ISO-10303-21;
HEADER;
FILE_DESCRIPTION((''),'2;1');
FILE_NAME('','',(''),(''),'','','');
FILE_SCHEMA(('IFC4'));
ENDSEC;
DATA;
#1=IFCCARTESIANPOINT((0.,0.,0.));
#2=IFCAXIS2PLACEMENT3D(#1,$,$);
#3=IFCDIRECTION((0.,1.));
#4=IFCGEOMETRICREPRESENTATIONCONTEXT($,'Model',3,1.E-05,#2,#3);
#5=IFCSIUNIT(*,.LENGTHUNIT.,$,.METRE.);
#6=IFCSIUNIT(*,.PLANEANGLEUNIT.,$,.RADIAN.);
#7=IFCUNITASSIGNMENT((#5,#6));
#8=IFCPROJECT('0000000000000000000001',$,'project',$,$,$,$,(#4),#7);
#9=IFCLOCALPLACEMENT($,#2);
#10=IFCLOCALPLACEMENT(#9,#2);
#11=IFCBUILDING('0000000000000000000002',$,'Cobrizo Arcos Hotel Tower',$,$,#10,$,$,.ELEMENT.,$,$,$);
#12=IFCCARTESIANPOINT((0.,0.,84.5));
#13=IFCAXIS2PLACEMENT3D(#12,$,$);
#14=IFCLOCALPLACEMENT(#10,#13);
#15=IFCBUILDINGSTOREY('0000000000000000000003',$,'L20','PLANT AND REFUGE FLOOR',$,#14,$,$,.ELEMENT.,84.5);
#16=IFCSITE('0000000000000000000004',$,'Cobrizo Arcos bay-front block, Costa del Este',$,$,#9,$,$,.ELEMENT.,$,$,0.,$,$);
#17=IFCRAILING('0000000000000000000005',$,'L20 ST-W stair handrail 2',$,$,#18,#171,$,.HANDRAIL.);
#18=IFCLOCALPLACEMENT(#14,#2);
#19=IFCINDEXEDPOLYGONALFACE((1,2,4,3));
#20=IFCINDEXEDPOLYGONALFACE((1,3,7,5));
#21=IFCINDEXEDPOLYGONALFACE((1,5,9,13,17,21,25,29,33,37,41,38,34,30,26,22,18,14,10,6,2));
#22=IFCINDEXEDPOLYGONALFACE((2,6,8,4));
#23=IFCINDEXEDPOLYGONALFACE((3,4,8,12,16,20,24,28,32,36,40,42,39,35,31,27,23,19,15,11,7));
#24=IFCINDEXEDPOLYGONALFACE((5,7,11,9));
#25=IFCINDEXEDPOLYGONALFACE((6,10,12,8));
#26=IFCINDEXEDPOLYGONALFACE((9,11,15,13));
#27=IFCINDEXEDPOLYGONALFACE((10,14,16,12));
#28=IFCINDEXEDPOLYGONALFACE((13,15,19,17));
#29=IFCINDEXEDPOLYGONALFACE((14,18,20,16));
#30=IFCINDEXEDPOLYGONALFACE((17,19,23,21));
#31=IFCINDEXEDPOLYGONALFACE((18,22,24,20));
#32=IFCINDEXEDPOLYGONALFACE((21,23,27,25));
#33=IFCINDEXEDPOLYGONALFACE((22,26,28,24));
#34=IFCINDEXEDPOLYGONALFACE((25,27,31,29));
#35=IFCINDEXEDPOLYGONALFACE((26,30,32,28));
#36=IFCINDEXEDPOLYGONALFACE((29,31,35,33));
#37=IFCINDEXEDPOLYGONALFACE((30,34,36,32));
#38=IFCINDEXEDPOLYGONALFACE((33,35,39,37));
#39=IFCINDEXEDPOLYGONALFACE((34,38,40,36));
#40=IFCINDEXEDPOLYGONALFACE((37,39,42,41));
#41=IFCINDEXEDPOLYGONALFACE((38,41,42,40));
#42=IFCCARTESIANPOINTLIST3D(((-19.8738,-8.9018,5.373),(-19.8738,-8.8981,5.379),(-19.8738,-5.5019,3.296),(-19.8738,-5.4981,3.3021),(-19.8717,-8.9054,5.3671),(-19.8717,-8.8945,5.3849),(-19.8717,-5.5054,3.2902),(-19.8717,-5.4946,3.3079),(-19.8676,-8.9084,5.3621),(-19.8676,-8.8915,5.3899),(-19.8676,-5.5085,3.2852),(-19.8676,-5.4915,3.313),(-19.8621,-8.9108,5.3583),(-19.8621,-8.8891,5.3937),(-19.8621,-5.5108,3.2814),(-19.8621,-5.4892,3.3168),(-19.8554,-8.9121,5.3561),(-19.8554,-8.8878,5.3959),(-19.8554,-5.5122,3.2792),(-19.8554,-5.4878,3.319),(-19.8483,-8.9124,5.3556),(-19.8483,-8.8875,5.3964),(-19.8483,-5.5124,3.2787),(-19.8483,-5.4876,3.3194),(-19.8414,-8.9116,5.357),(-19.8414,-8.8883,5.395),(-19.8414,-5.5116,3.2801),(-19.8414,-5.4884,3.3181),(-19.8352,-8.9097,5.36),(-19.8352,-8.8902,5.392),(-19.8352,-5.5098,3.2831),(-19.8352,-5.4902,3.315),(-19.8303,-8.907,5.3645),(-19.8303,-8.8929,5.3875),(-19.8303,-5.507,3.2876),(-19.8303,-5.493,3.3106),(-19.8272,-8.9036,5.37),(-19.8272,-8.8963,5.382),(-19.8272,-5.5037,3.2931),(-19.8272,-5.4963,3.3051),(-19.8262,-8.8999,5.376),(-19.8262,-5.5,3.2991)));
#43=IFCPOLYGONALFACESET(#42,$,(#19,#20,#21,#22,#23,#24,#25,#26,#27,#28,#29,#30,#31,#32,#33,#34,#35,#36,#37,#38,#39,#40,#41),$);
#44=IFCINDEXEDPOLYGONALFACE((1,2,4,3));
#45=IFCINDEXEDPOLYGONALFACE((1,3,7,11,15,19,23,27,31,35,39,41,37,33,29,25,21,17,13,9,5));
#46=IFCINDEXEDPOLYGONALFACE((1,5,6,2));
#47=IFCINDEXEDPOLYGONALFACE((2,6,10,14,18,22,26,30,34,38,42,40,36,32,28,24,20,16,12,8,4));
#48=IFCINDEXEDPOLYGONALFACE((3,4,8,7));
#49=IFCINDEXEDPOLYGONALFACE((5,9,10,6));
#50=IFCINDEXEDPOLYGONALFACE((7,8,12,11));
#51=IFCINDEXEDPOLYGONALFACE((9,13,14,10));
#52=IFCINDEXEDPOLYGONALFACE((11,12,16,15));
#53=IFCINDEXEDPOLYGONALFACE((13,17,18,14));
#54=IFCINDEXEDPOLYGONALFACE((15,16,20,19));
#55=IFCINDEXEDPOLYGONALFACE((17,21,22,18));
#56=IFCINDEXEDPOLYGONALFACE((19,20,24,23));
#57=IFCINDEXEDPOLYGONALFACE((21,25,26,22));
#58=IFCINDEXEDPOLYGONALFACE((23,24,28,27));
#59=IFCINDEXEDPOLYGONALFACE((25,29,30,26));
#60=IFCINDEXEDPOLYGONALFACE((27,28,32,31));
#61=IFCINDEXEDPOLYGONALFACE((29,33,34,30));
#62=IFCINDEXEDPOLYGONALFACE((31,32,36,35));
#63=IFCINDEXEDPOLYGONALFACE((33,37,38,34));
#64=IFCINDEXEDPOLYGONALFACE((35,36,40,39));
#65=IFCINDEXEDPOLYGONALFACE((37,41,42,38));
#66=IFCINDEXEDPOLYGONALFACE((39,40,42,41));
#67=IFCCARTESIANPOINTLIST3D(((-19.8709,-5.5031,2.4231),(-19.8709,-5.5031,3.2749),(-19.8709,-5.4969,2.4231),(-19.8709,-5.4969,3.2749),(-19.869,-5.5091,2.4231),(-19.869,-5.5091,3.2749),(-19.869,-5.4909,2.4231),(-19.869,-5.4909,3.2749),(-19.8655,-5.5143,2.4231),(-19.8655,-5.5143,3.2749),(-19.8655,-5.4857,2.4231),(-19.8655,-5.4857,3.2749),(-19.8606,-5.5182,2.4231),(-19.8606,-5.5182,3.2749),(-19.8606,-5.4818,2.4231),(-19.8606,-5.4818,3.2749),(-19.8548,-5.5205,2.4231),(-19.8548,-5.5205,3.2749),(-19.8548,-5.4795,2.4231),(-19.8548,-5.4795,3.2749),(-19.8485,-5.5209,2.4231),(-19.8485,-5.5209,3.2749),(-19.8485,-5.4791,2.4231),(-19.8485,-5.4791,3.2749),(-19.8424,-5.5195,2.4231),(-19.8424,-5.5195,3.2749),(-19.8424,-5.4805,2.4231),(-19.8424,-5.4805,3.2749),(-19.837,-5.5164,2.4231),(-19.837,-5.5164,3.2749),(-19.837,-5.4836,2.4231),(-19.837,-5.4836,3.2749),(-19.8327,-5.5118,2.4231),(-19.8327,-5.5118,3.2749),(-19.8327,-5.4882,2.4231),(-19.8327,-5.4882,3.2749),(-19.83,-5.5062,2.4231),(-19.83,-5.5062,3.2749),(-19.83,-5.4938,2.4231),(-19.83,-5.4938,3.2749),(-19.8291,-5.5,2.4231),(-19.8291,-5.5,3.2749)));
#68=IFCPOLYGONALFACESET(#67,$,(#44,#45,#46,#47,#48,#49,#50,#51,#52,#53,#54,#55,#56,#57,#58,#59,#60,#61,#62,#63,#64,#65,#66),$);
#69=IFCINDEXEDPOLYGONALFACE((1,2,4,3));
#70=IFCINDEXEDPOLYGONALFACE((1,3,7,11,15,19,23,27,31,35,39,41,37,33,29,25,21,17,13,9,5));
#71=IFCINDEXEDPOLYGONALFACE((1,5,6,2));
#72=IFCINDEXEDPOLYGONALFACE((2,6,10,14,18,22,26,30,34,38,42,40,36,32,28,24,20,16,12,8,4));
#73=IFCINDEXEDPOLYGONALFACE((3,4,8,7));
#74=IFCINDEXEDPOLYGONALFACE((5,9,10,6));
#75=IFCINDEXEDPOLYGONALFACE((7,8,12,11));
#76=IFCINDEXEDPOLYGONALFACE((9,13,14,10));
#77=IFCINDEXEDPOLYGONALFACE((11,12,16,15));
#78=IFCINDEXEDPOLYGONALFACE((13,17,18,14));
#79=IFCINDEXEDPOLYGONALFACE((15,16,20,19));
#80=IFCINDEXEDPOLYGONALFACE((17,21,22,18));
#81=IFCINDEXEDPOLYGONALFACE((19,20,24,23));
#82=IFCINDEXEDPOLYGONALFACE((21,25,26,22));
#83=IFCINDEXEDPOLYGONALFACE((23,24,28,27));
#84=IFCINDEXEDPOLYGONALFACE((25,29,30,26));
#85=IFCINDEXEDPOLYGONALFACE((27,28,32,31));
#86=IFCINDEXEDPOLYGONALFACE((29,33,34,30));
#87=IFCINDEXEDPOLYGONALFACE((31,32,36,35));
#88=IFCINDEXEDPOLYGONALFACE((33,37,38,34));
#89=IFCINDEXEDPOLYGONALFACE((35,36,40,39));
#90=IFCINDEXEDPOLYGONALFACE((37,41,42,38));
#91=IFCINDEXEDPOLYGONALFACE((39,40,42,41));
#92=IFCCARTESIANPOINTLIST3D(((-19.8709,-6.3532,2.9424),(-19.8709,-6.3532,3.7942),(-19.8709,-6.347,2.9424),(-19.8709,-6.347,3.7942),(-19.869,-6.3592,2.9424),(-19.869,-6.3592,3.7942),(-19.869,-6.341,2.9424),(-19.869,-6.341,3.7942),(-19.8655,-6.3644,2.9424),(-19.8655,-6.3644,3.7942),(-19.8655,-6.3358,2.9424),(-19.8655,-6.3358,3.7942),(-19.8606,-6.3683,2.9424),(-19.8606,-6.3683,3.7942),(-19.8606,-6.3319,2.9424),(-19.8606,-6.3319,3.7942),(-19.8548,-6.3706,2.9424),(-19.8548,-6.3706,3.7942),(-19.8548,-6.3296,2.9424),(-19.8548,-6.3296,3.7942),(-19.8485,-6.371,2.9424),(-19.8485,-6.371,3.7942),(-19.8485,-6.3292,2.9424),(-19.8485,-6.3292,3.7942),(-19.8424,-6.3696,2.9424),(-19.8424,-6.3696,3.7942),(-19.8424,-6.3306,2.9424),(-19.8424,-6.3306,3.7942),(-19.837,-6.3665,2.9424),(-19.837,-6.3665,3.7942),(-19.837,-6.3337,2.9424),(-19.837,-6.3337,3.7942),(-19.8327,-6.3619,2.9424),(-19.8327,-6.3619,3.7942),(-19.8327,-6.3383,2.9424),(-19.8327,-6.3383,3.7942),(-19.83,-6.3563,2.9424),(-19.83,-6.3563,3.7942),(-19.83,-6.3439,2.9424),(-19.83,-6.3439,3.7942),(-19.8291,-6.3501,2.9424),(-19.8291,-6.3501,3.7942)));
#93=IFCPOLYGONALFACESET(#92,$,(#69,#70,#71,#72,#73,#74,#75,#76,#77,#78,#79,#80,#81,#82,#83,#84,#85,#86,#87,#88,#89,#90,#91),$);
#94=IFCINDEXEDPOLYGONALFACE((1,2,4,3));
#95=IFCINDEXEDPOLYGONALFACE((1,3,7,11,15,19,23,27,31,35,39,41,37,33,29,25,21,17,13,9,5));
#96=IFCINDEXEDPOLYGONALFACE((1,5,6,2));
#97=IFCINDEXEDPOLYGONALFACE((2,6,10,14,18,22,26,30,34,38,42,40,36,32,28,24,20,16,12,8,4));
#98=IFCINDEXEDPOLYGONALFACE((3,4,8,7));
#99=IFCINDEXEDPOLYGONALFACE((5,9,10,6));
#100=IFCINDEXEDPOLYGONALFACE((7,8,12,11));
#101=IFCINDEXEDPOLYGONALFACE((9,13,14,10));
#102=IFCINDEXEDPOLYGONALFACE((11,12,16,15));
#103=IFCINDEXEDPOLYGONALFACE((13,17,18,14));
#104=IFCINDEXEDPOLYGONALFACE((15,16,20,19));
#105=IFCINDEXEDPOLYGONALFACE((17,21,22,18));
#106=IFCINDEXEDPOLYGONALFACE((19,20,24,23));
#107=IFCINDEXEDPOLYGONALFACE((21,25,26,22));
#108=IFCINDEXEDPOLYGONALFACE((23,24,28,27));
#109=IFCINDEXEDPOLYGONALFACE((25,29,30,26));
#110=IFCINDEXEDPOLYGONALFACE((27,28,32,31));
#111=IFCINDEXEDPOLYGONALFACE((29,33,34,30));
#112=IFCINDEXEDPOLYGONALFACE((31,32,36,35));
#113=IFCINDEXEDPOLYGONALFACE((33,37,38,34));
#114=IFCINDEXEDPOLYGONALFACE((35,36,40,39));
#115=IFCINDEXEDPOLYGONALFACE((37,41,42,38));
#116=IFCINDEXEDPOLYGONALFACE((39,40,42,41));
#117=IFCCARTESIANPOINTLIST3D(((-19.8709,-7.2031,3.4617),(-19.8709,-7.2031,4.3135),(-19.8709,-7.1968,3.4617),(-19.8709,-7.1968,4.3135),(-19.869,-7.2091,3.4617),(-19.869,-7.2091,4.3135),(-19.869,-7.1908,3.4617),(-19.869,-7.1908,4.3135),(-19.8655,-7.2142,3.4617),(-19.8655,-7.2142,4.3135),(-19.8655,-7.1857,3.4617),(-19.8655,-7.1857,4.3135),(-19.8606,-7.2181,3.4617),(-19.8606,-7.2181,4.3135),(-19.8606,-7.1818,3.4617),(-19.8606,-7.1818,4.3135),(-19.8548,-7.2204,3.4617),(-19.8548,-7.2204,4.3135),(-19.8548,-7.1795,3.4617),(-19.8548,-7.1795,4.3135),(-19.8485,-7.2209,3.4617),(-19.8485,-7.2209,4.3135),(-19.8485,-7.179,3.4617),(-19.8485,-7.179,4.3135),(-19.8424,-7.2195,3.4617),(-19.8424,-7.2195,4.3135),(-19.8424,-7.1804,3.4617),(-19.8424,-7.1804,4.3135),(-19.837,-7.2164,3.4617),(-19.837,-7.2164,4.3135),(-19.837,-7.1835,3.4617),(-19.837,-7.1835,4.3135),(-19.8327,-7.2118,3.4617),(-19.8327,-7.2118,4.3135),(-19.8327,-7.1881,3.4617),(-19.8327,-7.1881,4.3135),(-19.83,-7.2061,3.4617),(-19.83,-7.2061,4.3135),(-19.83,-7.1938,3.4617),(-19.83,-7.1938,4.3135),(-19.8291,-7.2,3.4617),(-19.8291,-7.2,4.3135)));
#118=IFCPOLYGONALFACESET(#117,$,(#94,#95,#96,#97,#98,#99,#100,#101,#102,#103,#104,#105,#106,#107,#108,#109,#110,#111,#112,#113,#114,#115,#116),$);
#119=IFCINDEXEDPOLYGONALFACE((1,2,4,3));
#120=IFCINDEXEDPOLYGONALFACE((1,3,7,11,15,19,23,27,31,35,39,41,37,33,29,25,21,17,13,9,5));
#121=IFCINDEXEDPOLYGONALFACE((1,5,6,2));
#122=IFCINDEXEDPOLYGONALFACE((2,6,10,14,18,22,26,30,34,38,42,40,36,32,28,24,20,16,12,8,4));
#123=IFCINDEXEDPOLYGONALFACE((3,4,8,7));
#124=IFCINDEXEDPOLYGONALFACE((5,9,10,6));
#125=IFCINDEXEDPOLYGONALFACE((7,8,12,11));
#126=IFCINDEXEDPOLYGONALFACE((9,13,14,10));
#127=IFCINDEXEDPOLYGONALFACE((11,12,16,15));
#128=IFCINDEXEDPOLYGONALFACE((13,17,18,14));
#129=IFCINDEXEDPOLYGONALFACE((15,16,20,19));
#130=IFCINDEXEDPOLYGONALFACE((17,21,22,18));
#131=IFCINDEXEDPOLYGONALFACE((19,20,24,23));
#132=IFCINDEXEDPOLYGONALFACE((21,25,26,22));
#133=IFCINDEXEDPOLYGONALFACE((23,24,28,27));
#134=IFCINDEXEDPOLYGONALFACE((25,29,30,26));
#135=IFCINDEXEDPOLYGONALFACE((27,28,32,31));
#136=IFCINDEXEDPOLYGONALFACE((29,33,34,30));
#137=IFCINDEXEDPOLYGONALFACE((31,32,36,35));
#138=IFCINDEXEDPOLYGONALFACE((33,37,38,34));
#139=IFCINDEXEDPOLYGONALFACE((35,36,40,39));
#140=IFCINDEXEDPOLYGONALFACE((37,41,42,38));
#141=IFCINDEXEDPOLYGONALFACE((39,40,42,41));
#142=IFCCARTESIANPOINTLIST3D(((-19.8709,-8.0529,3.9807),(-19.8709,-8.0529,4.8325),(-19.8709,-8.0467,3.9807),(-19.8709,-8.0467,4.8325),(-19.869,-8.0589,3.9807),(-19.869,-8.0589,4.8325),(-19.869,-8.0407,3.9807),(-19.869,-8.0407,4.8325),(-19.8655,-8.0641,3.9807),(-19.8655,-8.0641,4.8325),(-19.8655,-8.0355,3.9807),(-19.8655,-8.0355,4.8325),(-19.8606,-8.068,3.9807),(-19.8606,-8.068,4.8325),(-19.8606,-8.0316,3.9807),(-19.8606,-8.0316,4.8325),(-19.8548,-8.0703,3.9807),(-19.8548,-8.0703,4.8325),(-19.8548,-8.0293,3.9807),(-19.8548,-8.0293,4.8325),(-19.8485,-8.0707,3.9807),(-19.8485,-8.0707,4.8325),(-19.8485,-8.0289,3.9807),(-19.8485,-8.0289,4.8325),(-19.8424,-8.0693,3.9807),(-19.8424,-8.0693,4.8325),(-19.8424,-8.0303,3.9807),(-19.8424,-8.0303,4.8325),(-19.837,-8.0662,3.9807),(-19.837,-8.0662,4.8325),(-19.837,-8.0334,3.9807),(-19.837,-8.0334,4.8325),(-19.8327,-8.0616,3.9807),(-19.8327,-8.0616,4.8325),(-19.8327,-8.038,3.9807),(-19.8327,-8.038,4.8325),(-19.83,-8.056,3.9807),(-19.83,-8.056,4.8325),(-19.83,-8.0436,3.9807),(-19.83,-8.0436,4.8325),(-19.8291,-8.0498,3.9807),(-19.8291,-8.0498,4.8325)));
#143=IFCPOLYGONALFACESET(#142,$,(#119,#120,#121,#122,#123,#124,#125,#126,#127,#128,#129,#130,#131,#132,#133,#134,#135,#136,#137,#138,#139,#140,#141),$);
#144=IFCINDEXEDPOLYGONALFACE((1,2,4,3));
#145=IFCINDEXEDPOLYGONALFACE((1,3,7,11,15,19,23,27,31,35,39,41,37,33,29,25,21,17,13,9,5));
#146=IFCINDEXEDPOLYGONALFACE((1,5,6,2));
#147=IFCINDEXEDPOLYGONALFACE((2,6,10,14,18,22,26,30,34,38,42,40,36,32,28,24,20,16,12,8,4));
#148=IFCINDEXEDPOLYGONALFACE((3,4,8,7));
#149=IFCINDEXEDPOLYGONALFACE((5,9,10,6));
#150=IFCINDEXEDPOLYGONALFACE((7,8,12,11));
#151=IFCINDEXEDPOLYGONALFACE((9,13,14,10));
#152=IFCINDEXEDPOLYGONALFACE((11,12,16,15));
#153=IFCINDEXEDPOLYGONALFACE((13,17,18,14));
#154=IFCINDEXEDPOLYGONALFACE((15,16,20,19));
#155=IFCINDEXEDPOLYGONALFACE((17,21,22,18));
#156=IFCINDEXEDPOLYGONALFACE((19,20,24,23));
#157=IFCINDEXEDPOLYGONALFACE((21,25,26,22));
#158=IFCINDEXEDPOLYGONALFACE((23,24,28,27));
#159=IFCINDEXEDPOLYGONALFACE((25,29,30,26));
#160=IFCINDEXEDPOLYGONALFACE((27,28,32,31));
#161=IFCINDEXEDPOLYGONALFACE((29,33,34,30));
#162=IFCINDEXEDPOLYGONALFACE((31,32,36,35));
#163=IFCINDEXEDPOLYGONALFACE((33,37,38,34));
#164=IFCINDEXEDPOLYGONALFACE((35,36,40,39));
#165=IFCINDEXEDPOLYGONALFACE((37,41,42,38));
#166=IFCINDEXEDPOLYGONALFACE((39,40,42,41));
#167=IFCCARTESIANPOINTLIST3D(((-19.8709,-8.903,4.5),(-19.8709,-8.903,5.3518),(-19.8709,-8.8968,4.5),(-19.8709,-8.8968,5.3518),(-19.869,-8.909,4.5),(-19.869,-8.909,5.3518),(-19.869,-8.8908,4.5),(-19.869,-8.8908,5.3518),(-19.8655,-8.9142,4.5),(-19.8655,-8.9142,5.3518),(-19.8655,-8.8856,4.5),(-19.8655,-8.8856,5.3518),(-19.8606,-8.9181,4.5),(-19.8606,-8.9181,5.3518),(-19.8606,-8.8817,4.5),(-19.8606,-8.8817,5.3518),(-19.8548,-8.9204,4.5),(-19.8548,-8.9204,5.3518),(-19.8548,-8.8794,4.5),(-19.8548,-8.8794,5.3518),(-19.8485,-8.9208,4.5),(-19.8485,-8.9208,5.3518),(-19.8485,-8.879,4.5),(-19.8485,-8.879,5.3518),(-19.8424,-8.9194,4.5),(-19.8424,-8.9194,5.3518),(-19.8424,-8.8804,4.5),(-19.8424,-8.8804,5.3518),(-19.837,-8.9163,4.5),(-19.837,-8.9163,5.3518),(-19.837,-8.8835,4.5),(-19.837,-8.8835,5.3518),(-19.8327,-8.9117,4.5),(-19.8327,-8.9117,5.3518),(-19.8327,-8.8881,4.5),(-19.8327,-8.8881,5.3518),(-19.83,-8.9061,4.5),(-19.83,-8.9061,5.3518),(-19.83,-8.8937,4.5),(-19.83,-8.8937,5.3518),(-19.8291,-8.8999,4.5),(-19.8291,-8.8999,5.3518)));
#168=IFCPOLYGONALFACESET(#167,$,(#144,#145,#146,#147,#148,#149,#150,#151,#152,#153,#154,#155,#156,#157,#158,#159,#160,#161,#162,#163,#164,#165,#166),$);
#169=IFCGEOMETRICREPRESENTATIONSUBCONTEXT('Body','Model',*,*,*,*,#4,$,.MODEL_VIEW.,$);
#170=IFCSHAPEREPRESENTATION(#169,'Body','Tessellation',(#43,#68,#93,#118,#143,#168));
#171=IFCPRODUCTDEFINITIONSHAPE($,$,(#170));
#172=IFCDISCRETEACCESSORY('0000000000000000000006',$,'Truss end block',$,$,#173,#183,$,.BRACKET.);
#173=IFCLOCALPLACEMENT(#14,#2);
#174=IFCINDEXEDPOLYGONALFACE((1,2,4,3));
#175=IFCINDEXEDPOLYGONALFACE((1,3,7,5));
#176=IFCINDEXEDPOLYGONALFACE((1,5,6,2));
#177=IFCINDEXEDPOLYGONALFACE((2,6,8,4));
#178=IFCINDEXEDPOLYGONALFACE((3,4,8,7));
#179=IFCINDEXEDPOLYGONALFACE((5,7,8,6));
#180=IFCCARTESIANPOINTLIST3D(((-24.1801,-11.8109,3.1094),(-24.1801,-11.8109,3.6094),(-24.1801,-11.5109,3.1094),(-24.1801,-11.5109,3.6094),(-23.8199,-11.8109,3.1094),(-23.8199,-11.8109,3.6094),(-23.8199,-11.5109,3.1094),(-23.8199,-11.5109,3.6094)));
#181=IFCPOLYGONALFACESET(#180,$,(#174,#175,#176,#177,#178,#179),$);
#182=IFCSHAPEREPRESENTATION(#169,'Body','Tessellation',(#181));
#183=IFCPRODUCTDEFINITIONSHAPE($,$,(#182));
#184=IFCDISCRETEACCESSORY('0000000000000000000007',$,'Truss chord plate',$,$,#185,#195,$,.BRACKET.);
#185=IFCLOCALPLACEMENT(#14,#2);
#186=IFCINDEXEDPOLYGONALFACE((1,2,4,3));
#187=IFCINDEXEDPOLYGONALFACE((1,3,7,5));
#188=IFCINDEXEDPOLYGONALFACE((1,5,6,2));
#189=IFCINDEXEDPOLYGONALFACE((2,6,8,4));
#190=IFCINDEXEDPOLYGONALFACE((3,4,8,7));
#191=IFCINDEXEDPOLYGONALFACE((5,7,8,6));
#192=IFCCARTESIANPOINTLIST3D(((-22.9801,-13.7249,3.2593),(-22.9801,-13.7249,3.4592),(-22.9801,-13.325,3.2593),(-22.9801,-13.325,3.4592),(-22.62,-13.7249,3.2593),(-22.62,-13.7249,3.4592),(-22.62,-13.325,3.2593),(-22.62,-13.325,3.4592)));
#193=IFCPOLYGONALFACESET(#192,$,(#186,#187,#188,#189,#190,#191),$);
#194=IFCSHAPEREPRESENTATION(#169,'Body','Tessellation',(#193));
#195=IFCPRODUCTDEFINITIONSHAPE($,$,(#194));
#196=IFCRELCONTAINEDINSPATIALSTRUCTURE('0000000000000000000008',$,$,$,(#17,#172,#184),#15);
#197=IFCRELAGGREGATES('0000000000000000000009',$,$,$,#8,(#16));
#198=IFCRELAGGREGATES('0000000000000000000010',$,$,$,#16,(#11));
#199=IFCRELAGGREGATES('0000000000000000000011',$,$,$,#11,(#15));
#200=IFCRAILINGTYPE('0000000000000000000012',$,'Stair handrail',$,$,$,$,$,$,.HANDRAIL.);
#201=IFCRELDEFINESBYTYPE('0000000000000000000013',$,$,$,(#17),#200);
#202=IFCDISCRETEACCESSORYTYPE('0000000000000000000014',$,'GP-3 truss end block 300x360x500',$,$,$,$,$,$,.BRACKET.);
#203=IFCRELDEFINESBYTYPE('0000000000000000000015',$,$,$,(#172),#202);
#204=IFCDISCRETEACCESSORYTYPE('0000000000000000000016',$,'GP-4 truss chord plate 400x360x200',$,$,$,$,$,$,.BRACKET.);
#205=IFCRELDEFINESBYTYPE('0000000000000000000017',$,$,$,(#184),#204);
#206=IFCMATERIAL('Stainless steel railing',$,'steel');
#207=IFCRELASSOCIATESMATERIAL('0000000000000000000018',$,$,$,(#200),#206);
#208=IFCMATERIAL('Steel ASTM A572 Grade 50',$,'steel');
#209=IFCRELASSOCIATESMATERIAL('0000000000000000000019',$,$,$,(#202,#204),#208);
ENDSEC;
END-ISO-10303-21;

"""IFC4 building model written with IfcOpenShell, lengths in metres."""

from ifc_helpers import new_model, si_unit, direction, frame, origin, origin_2d, place, context, subcontext, project, spatial, rectangle, circle, extrude, material, type_object, element, save


model = new_model("IFC4")

# Units and contexts
model_context = context("Model", 3, precision=1e-05, world=origin(), true_north=direction((0.0, 1.0)))
body_context = subcontext(model_context, "Body", "Model", "MODEL_VIEW")
ifc_project = project(units=[si_unit("LENGTHUNIT", "METRE"), si_unit("PLANEANGLEUNIT", "RADIAN")], contexts=[model_context])

# Site, building, storey
site_placement = place(None, origin())
site = spatial("IfcSite", under=ifc_project, at=site_placement, Name="Cobrizo Arcos bay-front block, Costa del Este", CompositionType="ELEMENT", RefElevation=0.0)
building_placement = place(site_placement, origin())
building = spatial("IfcBuilding", under=site, at=building_placement, Name="Cobrizo Arcos Hotel Tower", CompositionType="ELEMENT")
storey_placement = place(building_placement, frame((0.0, 0.0, 84.5)))
storey = spatial("IfcBuildingStorey", under=building, at=storey_placement, Name="L20", Description="PLANT AND REFUGE FLOOR", CompositionType="ELEMENT", Elevation=84.5)

# Railing
ifc_material_1 = material(Name="Stainless steel railing", Category="steel")
railing_type = type_object("IfcRailingType", Name="Stair handrail", PredefinedType="HANDRAIL", material=ifc_material_1)
railing_placement = place(storey_placement, frame((-19.8501, -5.5, 2.4231)))
element("IfcRailing", 1, at=railing_placement, inside=storey, type_object=railing_type, Name="L20 ST-W stair handrail 2", PredefinedType="HANDRAIL", context=body_context, shape_type="SweptSolid", body=[
    extrude(circle(Radius=0.0239, at=origin_2d()), frame((0.0, 0.0, 0.876), z_axis=(0.0, -0.853373, 0.521301), x_axis=(1.0, 0.0, 0.0)), (0.0, 0.0, 1.0), 3.9841),
    extrude(circle(Radius=0.021, at=origin_2d()), origin(), (0.0, 0.0, 1.0), 0.8518),
    extrude(circle(Radius=0.021, at=origin_2d()), frame((0.0, -0.8501, 0.5193)), (0.0, 0.0, 1.0), 0.8518),
    extrude(circle(Radius=0.021, at=origin_2d()), frame((0.0, -1.7, 1.0386)), (0.0, 0.0, 1.0), 0.8518),
    extrude(circle(Radius=0.021, at=origin_2d()), frame((0.0, -2.5498, 1.5576)), (0.0, 0.0, 1.0), 0.8518),
    extrude(circle(Radius=0.021, at=origin_2d()), frame((0.0, -3.3999, 2.0769)), (0.0, 0.0, 1.0), 0.8518),
])

# Discrete accessories
ifc_material_2 = material(Name="Steel ASTM A572 Grade 50", Category="steel")
discrete_accessory_type_1 = type_object("IfcDiscreteAccessoryType", Name="GP-3 truss end block 300x360x500", PredefinedType="BRACKET", material=ifc_material_2)
discrete_accessory_1_placement = place(storey_placement, frame((-24.0, -11.6609, 3.1094), z_axis=(0.0, 0.0, 1.0), x_axis=(0.0, -1.0, 0.0)))
element("IfcDiscreteAccessory", 2, at=discrete_accessory_1_placement, inside=storey, type_object=discrete_accessory_type_1, Name="Truss end block", PredefinedType="BRACKET", context=body_context, shape_type="SweptSolid", body=[
    extrude(rectangle(XDim=0.3, YDim=0.3601, at=origin_2d()), origin(), (0.0, 0.0, 1.0), 0.5),
])
discrete_accessory_type_2 = type_object("IfcDiscreteAccessoryType", Name="GP-4 truss chord plate 400x360x200", PredefinedType="BRACKET", material=ifc_material_2)
discrete_accessory_2_placement = place(storey_placement, frame((-22.8, -13.5249, 3.2593), z_axis=(0.0, 0.0, 1.0), x_axis=(0.0, -1.0, 0.0)))
element("IfcDiscreteAccessory", 3, at=discrete_accessory_2_placement, inside=storey, type_object=discrete_accessory_type_2, Name="Truss chord plate", PredefinedType="BRACKET", context=body_context, shape_type="SweptSolid", body=[
    extrude(rectangle(XDim=0.3999, YDim=0.3601, at=origin_2d()), origin(), (0.0, 0.0, 1.0), 0.2),
])

save(model, "model.ifc")
